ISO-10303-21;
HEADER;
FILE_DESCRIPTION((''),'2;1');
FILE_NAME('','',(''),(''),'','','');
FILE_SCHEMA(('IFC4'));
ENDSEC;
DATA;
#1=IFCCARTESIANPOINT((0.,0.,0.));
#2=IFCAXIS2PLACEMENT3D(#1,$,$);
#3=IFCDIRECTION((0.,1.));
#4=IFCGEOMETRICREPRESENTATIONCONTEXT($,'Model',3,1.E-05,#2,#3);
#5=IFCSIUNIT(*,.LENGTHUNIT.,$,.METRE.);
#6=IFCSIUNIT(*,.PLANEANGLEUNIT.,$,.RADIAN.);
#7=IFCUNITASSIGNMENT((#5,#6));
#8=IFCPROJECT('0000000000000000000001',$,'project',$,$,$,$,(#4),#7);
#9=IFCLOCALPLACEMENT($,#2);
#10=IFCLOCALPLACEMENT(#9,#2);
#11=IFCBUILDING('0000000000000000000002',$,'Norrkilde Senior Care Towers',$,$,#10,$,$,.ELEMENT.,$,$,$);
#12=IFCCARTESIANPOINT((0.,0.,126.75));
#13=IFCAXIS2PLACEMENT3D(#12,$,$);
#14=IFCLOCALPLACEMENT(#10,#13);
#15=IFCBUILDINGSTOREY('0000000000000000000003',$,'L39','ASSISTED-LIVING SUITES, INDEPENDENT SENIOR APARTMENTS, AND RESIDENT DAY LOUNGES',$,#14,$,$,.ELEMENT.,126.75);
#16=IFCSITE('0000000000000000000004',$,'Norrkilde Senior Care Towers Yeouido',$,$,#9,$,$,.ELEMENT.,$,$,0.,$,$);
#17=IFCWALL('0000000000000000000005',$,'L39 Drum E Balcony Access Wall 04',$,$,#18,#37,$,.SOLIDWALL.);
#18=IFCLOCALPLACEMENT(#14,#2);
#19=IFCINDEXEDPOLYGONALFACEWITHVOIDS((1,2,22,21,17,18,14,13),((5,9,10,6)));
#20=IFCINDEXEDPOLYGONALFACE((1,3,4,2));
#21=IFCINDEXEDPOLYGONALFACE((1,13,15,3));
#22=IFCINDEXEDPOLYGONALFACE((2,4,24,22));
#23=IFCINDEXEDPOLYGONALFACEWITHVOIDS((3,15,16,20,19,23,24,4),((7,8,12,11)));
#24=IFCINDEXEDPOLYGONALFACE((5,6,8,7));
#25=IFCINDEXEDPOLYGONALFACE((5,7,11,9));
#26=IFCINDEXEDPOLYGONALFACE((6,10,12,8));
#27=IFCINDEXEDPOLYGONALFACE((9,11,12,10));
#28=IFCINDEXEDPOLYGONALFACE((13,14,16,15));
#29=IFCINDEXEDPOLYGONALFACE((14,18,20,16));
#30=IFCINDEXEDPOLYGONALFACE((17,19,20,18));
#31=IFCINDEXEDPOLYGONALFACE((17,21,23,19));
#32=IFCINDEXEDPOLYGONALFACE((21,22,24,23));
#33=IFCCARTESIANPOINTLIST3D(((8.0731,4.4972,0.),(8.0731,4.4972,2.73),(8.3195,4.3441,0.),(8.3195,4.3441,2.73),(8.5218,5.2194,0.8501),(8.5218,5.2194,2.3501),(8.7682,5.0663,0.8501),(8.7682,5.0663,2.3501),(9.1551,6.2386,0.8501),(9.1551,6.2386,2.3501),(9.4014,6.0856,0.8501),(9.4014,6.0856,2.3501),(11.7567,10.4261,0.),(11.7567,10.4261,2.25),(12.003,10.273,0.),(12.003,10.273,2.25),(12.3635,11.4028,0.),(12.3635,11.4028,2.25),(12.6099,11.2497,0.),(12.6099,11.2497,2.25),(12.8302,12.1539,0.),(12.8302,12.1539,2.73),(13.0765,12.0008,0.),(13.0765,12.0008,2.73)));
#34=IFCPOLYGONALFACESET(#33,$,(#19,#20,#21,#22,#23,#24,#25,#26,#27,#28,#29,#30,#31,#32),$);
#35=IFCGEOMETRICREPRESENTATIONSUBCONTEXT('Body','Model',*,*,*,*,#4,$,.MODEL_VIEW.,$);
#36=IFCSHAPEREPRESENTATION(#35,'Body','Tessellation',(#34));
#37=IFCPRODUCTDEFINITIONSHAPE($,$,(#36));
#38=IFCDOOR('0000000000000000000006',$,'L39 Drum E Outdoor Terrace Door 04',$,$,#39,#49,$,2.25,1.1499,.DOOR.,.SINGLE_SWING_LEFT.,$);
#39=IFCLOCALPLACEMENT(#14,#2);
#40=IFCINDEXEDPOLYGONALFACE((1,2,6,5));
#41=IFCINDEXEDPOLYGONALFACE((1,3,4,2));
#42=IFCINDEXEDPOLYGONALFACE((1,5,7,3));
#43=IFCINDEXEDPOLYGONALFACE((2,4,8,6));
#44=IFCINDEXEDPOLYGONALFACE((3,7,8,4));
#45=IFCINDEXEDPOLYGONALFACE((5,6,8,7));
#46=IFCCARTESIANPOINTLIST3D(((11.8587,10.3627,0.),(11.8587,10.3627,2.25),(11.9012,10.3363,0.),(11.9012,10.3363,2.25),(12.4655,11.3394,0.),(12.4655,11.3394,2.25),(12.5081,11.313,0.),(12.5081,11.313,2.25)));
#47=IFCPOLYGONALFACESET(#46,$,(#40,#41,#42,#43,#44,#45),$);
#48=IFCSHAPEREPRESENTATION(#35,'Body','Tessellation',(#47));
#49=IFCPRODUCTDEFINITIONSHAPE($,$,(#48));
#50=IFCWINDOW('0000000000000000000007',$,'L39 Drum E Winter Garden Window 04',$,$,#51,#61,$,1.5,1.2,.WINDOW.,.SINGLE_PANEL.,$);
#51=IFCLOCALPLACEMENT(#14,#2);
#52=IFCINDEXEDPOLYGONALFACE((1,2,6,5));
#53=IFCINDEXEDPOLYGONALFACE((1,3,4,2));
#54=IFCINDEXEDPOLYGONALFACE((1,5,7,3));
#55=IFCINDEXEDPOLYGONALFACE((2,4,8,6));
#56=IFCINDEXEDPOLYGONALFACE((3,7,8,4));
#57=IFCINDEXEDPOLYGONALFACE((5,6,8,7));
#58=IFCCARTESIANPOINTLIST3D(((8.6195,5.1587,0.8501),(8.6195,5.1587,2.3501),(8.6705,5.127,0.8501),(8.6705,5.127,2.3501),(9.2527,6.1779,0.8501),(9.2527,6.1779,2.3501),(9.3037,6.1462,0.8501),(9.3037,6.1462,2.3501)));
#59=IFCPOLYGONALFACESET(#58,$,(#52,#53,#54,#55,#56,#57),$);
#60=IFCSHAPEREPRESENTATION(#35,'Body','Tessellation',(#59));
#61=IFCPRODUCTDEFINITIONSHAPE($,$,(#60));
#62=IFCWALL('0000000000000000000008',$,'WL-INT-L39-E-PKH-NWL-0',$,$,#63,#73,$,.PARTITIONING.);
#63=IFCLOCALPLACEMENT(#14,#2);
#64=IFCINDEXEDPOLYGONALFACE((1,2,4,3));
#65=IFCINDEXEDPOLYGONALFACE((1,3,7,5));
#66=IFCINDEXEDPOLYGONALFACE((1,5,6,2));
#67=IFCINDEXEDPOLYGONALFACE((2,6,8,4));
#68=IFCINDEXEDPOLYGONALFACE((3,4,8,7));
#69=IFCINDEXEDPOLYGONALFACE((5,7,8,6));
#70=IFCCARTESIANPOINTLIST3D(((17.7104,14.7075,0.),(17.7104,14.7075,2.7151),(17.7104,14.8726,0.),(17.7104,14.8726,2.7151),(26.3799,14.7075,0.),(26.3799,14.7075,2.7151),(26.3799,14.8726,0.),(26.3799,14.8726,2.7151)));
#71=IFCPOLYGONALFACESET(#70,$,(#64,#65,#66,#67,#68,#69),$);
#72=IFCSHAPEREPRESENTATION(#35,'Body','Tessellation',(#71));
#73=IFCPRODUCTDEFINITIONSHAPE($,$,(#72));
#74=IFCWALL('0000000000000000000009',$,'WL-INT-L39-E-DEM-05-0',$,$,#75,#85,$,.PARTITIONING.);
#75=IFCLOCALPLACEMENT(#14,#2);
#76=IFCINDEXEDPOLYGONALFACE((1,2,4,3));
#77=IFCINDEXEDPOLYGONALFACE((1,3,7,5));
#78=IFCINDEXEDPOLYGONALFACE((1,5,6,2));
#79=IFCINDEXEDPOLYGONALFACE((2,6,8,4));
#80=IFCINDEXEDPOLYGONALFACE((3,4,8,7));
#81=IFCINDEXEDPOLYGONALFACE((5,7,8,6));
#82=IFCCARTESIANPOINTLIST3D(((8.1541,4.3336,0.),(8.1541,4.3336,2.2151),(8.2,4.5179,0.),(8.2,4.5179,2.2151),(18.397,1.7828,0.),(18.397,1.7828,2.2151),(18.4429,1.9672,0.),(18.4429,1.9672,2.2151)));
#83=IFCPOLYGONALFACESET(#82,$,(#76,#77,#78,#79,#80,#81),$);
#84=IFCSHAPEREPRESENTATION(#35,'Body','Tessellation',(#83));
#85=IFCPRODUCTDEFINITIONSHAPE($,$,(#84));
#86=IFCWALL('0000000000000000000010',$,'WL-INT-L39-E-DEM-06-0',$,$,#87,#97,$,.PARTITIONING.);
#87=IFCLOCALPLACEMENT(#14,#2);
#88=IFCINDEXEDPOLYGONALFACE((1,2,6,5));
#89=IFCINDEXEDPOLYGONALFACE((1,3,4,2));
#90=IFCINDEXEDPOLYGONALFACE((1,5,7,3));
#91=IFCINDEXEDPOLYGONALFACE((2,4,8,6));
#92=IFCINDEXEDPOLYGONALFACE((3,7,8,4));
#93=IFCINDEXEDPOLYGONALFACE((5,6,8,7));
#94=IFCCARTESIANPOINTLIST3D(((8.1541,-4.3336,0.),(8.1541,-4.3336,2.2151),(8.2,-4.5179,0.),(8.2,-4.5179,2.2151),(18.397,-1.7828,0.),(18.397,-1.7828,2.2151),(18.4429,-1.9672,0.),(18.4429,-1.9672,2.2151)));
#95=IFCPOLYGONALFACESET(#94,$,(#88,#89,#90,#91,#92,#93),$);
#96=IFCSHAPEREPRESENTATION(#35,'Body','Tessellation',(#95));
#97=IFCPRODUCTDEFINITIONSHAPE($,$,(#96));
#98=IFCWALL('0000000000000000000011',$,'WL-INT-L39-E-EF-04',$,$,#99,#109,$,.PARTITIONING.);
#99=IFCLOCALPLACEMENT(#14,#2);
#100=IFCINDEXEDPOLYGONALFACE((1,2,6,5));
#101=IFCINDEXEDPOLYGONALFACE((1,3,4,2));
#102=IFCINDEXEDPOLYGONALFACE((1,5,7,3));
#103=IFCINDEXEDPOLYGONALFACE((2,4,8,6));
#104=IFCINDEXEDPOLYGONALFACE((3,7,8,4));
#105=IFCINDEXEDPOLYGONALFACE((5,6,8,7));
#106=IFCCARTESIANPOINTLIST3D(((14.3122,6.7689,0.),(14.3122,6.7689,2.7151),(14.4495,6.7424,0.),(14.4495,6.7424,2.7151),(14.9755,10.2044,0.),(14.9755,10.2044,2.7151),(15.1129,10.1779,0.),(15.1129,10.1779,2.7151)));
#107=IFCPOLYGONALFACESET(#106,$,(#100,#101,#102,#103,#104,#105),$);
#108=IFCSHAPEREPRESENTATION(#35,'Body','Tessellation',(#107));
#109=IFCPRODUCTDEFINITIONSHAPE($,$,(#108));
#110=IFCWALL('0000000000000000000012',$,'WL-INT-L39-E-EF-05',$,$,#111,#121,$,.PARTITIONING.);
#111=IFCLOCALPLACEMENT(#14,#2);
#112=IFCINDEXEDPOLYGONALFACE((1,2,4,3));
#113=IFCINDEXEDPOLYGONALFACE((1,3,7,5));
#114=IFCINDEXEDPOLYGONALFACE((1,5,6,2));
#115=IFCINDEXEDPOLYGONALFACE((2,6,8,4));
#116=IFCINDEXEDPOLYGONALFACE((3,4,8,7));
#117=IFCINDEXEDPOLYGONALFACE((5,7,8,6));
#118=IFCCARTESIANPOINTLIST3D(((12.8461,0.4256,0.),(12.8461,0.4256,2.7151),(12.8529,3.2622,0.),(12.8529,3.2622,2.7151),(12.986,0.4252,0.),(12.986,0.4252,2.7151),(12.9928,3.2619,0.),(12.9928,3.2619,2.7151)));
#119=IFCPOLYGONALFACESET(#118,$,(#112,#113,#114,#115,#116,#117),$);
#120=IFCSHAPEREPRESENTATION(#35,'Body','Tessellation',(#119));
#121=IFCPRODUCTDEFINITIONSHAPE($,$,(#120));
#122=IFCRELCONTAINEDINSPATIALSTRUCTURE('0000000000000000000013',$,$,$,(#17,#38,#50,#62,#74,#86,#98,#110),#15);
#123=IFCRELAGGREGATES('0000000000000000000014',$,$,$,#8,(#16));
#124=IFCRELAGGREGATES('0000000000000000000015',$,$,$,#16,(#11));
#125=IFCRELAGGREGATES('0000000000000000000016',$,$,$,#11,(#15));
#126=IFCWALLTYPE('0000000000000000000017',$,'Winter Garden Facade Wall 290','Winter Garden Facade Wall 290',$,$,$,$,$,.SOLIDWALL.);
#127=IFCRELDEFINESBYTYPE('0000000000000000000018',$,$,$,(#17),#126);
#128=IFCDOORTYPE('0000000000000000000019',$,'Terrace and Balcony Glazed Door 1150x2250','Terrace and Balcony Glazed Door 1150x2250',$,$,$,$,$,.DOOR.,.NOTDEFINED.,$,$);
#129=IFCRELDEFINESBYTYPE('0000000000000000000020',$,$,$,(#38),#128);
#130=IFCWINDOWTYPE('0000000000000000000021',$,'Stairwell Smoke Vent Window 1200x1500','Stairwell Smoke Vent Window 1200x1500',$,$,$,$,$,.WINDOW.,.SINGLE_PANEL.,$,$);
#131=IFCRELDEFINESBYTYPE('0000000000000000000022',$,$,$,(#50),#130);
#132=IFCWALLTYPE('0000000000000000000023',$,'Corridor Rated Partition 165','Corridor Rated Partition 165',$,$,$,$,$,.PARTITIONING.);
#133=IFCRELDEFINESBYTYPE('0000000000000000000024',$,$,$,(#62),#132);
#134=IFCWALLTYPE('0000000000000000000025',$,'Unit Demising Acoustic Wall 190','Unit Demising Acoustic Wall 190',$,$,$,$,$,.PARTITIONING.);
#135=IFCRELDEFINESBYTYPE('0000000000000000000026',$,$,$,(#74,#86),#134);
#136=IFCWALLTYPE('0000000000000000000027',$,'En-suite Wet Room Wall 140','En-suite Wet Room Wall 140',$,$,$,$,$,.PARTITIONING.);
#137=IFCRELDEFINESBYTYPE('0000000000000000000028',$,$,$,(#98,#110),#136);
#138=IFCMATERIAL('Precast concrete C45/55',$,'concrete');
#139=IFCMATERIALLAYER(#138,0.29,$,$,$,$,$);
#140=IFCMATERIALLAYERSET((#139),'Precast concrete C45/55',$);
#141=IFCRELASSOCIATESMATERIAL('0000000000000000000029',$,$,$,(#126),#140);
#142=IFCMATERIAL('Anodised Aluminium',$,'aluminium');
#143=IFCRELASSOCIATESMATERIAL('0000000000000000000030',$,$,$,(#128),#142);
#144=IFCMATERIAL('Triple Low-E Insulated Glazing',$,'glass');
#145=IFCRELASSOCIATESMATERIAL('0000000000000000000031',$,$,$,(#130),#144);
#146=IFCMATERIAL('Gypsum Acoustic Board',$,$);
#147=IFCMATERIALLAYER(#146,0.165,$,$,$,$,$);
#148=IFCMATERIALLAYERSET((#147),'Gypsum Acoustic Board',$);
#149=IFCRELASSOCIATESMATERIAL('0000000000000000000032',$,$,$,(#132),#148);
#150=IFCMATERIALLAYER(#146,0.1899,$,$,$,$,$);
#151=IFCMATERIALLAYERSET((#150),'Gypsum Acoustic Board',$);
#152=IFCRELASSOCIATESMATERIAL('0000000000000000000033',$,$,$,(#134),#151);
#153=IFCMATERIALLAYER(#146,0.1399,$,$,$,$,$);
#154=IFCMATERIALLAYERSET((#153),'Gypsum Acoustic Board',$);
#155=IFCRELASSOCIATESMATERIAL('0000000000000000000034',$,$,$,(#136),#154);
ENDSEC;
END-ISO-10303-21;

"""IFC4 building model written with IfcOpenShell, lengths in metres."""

from ifc_helpers import new_model, si_unit, direction, frame, frame_2d, origin, place, context, subcontext, project, spatial, rectangle, extrude, source, transform, mapped, material, layer, layer_set, type_object, type_shapes, element, fill, save


model = new_model("IFC4")

# Units and contexts
model_context = context("Model", 3, precision=1e-05, world=origin(), true_north=direction((0.0, 1.0)))
body_context = subcontext(model_context, "Body", "Model", "MODEL_VIEW")
ifc_project = project(units=[si_unit("LENGTHUNIT", "METRE"), si_unit("PLANEANGLEUNIT", "RADIAN")], contexts=[model_context])

# Site, building, storey
site_placement = place(None, origin())
site = spatial("IfcSite", under=ifc_project, at=site_placement, Name="Norrkilde Senior Care Towers Yeouido", CompositionType="ELEMENT", RefElevation=0.0)
building_placement = place(site_placement, origin())
building = spatial("IfcBuilding", under=site, at=building_placement, Name="Norrkilde Senior Care Towers", CompositionType="ELEMENT")
storey_placement = place(building_placement, frame((0.0, 0.0, 126.75)))
storey = spatial("IfcBuildingStorey", under=building, at=storey_placement, Name="L39", Description="ASSISTED-LIVING SUITES, INDEPENDENT SENIOR APARTMENTS, AND RESIDENT DAY LOUNGES", CompositionType="ELEMENT", Elevation=126.75)

# Shared definitions
ifc_material_1 = material(Name="Triple Low-E Insulated Glazing", Category="glass")
ifc_material_2 = material(Name="Anodised Aluminium", Category="aluminium")

# Wall, openings, door, window
ifc_material_3 = material(Name="Precast concrete C45/55", Category="concrete")
ifc_layer_1 = layer(ifc_material_3, 0.29)
ifc_layer_set_1 = layer_set([ifc_layer_1], Name="Precast concrete C45/55")
wall_type_1 = type_object("IfcWallType", Name="Winter Garden Facade Wall 290", Description="Winter Garden Facade Wall 290", PredefinedType="SOLIDWALL", material=ifc_layer_set_1)
shared_shape_1 = source(origin(), body_context, "Body", "SweptSolid", [
    extrude(rectangle(XDim=9.0142, YDim=0.29, at=frame_2d((4.5071, 0.0))), origin(), (0.0, 0.0, 1.0), 2.73),
])
type_shapes(wall_type_1, [shared_shape_1])
wall_1_placement = place(storey_placement, frame((8.1963, 4.4207, 0.0), z_axis=(0.0, 0.0, 1.0), x_axis=(0.527733, 0.84941, 0.0)))
wall_1 = element("IfcWall", 1, at=wall_1_placement, inside=storey, type_object=wall_type_1, Name="L39 Drum E Balcony Access Wall 04", PredefinedType="SOLIDWALL", context=body_context, shape_type="MappedRepresentation", body=[
    mapped(shared_shape_1, transform((0.0, 0.0, 0.0), x_axis=(1.0, 0.0, 0.0), y_axis=(0.0, 1.0, 0.0), z_axis=(0.0, 0.0, 1.0), scale=1.0)),
])
opening_1_placement = place(wall_1_placement, frame((6.98, 0.0, 0.0)))
opening_1 = element("IfcOpeningElement", 2, at=opening_1_placement, cuts=wall_1, PredefinedType="OPENING", context=body_context, shape_type="SweptSolid", body=[
    extrude(rectangle(XDim=1.1499, YDim=2.25, at=frame_2d((0.575, 1.125))), frame((0.0, 0.155, 0.0), z_axis=(0.0, -1.0, 0.0), x_axis=(1.0, 0.0, 0.0)), (0.0, 0.0, 1.0), 0.3101),
])
opening_2_placement = place(wall_1_placement, frame((0.8501, 0.0, 0.8501)))
opening_2 = element("IfcOpeningElement", 3, at=opening_2_placement, cuts=wall_1, PredefinedType="OPENING", context=body_context, shape_type="SweptSolid", body=[
    extrude(rectangle(XDim=1.2, YDim=1.5, at=frame_2d((0.6001, 0.75))), frame((0.0, 0.155, 0.0), z_axis=(0.0, -1.0, 0.0), x_axis=(1.0, 0.0, 0.0)), (0.0, 0.0, 1.0), 0.3101),
])
door_type = type_object("IfcDoorType", Name="Terrace and Balcony Glazed Door 1150x2250", Description="Terrace and Balcony Glazed Door 1150x2250", OperationType="NOTDEFINED", PredefinedType="DOOR", material=ifc_material_2)
shared_shape_2 = source(origin(), body_context, "Body", "SweptSolid", [
    extrude(rectangle(XDim=1.1499, YDim=2.25, at=frame_2d((0.575, 1.125))), frame((0.0, 0.0249, 0.0), z_axis=(0.0, -1.0, 0.0), x_axis=(1.0, 0.0, 0.0)), (0.0, 0.0, 1.0), 0.05),
])
type_shapes(door_type, [shared_shape_2])
door_placement = place(opening_1_placement, origin())
door = element("IfcDoor", 4, at=door_placement, inside=storey, type_object=door_type, Name="L39 Drum E Outdoor Terrace Door 04", OperationType="SINGLE_SWING_LEFT", OverallHeight=2.25, OverallWidth=1.1499, PredefinedType="DOOR", context=body_context, shape_type="MappedRepresentation", body=[
    mapped(shared_shape_2, transform((0.0, 0.0, 0.0), x_axis=(1.0, 0.0, 0.0), y_axis=(0.0, 1.0, 0.0), z_axis=(0.0, 0.0, 1.0), scale=1.0)),
])
fill(opening_1, door)
window_type = type_object("IfcWindowType", Name="Stairwell Smoke Vent Window 1200x1500", Description="Stairwell Smoke Vent Window 1200x1500", PartitioningType="SINGLE_PANEL", PredefinedType="WINDOW", material=ifc_material_1)
shared_shape_3 = source(origin(), body_context, "Body", "SweptSolid", [
    extrude(rectangle(XDim=1.2, YDim=1.5, at=frame_2d((0.6001, 0.75))), frame((0.0, 0.03, 0.0), z_axis=(0.0, -1.0, 0.0), x_axis=(1.0, 0.0, 0.0)), (0.0, 0.0, 1.0), 0.0601),
])
type_shapes(window_type, [shared_shape_3])
window_placement = place(opening_2_placement, origin())
window = element("IfcWindow", 5, at=window_placement, inside=storey, type_object=window_type, Name="L39 Drum E Winter Garden Window 04", OverallHeight=1.5, OverallWidth=1.2, PartitioningType="SINGLE_PANEL", PredefinedType="WINDOW", context=body_context, shape_type="MappedRepresentation", body=[
    mapped(shared_shape_3, transform((0.0, 0.0, 0.0), x_axis=(1.0, 0.0, 0.0), y_axis=(0.0, 1.0, 0.0), z_axis=(0.0, 0.0, 1.0), scale=1.0)),
])
fill(opening_2, window)

# Walls
ifc_material_4 = material(Name="Gypsum Acoustic Board")
ifc_layer_2 = layer(ifc_material_4, 0.165)
ifc_layer_set_2 = layer_set([ifc_layer_2], Name="Gypsum Acoustic Board")
wall_type_2 = type_object("IfcWallType", Name="Corridor Rated Partition 165", Description="Corridor Rated Partition 165", PredefinedType="PARTITIONING", material=ifc_layer_set_2)
shared_shape_4 = source(origin(), body_context, "Body", "SweptSolid", [
    extrude(rectangle(XDim=8.6694, YDim=0.165, at=frame_2d((4.3347, 0.0))), origin(), (0.0, 0.0, 1.0), 2.7151),
])
type_shapes(wall_type_2, [shared_shape_4])
wall_2_placement = place(storey_placement, frame((17.7104, 14.79, 0.0), z_axis=(0.0, 0.0, 1.0), x_axis=(1.0, 0.0, 0.0)))
element("IfcWall", 6, at=wall_2_placement, inside=storey, type_object=wall_type_2, Name="WL-INT-L39-E-PKH-NWL-0", PredefinedType="PARTITIONING", context=body_context, shape_type="MappedRepresentation", body=[
    mapped(shared_shape_4, transform((0.0, 0.0, 0.0), x_axis=(1.0, 0.0, 0.0), y_axis=(0.0, 1.0, 0.0), z_axis=(0.0, 0.0, 1.0), scale=1.0)),
])
ifc_layer_3 = layer(ifc_material_4, 0.1899)
ifc_layer_set_3 = layer_set([ifc_layer_3], Name="Gypsum Acoustic Board")
wall_type_3 = type_object("IfcWallType", Name="Unit Demising Acoustic Wall 190", Description="Unit Demising Acoustic Wall 190", PredefinedType="PARTITIONING", material=ifc_layer_set_3)
shared_shape_5 = source(origin(), body_context, "Body", "SweptSolid", [
    extrude(rectangle(XDim=10.5557, YDim=0.1899, at=frame_2d((5.2778, 0.0))), origin(), (0.0, 0.0, 1.0), 2.2151),
])
type_shapes(wall_type_3, [shared_shape_5])
for number, where, z_axis, x_axis, name in (
    (7, (18.4199, 1.875, 0.0), (0.0, 0.0, 1.0), (-0.970364, 0.241648, 0.0), "WL-INT-L39-E-DEM-05-0"),
    (8, (18.4199, -1.875, 0.0), (0.0, 0.0, 1.0), (-0.970364, -0.241648, 0.0), "WL-INT-L39-E-DEM-06-0"),
):
    element("IfcWall", number, at=place(storey_placement, frame(where, z_axis=z_axis, x_axis=x_axis)), inside=storey, type_object=wall_type_3, Name=name, PredefinedType="PARTITIONING", context=body_context, shape_type="MappedRepresentation", body=[
        mapped(shared_shape_5, transform((0.0, 0.0, 0.0), x_axis=(1.0, 0.0, 0.0), y_axis=(0.0, 1.0, 0.0), z_axis=(0.0, 0.0, 1.0), scale=1.0)),
    ])
ifc_layer_4 = layer(ifc_material_4, 0.1399)
ifc_layer_set_4 = layer_set([ifc_layer_4], Name="Gypsum Acoustic Board")
wall_type_4 = type_object("IfcWallType", Name="En-suite Wet Room Wall 140", Description="En-suite Wet Room Wall 140", PredefinedType="PARTITIONING", material=ifc_layer_set_4)
shared_shape_6 = source(origin(), body_context, "Body", "SweptSolid", [
    extrude(rectangle(XDim=3.499, YDim=0.1399, at=frame_2d((1.7495, 0.0))), origin(), (0.0, 0.0, 1.0), 2.7151),
])
wall_3_placement = place(storey_placement, frame((14.3809, 6.7556, 0.0), z_axis=(0.0, 0.0, 1.0), x_axis=(0.189577, 0.981866, 0.0)))
element("IfcWall", 9, at=wall_3_placement, inside=storey, type_object=wall_type_4, Name="WL-INT-L39-E-EF-04", PredefinedType="PARTITIONING", context=body_context, shape_type="MappedRepresentation", body=[
    mapped(shared_shape_6, transform((0.0, 0.0, 0.0), x_axis=(1.0, 0.0, 0.0), y_axis=(0.0, 1.0, 0.0), z_axis=(0.0, 0.0, 1.0), scale=1.0)),
])
shared_shape_7 = source(origin(), body_context, "Body", "SweptSolid", [
    extrude(rectangle(XDim=2.8367, YDim=0.1399, at=frame_2d((1.4185, 0.0))), origin(), (0.0, 0.0, 1.0), 2.7151),
])
type_shapes(wall_type_4, [shared_shape_6, shared_shape_7])
wall_4_placement = place(storey_placement, frame((12.916, 0.4253, 0.0), z_axis=(0.0, 0.0, 1.0), x_axis=(0.00241, 0.999997, 0.0)))
element("IfcWall", 10, at=wall_4_placement, inside=storey, type_object=wall_type_4, Name="WL-INT-L39-E-EF-05", PredefinedType="PARTITIONING", context=body_context, shape_type="MappedRepresentation", body=[
    mapped(shared_shape_7, transform((0.0, 0.0, 0.0), x_axis=(1.0, 0.0, 0.0), y_axis=(0.0, 1.0, 0.0), z_axis=(0.0, 0.0, 1.0), scale=1.0)),
])

save(model, "model.ifc")
